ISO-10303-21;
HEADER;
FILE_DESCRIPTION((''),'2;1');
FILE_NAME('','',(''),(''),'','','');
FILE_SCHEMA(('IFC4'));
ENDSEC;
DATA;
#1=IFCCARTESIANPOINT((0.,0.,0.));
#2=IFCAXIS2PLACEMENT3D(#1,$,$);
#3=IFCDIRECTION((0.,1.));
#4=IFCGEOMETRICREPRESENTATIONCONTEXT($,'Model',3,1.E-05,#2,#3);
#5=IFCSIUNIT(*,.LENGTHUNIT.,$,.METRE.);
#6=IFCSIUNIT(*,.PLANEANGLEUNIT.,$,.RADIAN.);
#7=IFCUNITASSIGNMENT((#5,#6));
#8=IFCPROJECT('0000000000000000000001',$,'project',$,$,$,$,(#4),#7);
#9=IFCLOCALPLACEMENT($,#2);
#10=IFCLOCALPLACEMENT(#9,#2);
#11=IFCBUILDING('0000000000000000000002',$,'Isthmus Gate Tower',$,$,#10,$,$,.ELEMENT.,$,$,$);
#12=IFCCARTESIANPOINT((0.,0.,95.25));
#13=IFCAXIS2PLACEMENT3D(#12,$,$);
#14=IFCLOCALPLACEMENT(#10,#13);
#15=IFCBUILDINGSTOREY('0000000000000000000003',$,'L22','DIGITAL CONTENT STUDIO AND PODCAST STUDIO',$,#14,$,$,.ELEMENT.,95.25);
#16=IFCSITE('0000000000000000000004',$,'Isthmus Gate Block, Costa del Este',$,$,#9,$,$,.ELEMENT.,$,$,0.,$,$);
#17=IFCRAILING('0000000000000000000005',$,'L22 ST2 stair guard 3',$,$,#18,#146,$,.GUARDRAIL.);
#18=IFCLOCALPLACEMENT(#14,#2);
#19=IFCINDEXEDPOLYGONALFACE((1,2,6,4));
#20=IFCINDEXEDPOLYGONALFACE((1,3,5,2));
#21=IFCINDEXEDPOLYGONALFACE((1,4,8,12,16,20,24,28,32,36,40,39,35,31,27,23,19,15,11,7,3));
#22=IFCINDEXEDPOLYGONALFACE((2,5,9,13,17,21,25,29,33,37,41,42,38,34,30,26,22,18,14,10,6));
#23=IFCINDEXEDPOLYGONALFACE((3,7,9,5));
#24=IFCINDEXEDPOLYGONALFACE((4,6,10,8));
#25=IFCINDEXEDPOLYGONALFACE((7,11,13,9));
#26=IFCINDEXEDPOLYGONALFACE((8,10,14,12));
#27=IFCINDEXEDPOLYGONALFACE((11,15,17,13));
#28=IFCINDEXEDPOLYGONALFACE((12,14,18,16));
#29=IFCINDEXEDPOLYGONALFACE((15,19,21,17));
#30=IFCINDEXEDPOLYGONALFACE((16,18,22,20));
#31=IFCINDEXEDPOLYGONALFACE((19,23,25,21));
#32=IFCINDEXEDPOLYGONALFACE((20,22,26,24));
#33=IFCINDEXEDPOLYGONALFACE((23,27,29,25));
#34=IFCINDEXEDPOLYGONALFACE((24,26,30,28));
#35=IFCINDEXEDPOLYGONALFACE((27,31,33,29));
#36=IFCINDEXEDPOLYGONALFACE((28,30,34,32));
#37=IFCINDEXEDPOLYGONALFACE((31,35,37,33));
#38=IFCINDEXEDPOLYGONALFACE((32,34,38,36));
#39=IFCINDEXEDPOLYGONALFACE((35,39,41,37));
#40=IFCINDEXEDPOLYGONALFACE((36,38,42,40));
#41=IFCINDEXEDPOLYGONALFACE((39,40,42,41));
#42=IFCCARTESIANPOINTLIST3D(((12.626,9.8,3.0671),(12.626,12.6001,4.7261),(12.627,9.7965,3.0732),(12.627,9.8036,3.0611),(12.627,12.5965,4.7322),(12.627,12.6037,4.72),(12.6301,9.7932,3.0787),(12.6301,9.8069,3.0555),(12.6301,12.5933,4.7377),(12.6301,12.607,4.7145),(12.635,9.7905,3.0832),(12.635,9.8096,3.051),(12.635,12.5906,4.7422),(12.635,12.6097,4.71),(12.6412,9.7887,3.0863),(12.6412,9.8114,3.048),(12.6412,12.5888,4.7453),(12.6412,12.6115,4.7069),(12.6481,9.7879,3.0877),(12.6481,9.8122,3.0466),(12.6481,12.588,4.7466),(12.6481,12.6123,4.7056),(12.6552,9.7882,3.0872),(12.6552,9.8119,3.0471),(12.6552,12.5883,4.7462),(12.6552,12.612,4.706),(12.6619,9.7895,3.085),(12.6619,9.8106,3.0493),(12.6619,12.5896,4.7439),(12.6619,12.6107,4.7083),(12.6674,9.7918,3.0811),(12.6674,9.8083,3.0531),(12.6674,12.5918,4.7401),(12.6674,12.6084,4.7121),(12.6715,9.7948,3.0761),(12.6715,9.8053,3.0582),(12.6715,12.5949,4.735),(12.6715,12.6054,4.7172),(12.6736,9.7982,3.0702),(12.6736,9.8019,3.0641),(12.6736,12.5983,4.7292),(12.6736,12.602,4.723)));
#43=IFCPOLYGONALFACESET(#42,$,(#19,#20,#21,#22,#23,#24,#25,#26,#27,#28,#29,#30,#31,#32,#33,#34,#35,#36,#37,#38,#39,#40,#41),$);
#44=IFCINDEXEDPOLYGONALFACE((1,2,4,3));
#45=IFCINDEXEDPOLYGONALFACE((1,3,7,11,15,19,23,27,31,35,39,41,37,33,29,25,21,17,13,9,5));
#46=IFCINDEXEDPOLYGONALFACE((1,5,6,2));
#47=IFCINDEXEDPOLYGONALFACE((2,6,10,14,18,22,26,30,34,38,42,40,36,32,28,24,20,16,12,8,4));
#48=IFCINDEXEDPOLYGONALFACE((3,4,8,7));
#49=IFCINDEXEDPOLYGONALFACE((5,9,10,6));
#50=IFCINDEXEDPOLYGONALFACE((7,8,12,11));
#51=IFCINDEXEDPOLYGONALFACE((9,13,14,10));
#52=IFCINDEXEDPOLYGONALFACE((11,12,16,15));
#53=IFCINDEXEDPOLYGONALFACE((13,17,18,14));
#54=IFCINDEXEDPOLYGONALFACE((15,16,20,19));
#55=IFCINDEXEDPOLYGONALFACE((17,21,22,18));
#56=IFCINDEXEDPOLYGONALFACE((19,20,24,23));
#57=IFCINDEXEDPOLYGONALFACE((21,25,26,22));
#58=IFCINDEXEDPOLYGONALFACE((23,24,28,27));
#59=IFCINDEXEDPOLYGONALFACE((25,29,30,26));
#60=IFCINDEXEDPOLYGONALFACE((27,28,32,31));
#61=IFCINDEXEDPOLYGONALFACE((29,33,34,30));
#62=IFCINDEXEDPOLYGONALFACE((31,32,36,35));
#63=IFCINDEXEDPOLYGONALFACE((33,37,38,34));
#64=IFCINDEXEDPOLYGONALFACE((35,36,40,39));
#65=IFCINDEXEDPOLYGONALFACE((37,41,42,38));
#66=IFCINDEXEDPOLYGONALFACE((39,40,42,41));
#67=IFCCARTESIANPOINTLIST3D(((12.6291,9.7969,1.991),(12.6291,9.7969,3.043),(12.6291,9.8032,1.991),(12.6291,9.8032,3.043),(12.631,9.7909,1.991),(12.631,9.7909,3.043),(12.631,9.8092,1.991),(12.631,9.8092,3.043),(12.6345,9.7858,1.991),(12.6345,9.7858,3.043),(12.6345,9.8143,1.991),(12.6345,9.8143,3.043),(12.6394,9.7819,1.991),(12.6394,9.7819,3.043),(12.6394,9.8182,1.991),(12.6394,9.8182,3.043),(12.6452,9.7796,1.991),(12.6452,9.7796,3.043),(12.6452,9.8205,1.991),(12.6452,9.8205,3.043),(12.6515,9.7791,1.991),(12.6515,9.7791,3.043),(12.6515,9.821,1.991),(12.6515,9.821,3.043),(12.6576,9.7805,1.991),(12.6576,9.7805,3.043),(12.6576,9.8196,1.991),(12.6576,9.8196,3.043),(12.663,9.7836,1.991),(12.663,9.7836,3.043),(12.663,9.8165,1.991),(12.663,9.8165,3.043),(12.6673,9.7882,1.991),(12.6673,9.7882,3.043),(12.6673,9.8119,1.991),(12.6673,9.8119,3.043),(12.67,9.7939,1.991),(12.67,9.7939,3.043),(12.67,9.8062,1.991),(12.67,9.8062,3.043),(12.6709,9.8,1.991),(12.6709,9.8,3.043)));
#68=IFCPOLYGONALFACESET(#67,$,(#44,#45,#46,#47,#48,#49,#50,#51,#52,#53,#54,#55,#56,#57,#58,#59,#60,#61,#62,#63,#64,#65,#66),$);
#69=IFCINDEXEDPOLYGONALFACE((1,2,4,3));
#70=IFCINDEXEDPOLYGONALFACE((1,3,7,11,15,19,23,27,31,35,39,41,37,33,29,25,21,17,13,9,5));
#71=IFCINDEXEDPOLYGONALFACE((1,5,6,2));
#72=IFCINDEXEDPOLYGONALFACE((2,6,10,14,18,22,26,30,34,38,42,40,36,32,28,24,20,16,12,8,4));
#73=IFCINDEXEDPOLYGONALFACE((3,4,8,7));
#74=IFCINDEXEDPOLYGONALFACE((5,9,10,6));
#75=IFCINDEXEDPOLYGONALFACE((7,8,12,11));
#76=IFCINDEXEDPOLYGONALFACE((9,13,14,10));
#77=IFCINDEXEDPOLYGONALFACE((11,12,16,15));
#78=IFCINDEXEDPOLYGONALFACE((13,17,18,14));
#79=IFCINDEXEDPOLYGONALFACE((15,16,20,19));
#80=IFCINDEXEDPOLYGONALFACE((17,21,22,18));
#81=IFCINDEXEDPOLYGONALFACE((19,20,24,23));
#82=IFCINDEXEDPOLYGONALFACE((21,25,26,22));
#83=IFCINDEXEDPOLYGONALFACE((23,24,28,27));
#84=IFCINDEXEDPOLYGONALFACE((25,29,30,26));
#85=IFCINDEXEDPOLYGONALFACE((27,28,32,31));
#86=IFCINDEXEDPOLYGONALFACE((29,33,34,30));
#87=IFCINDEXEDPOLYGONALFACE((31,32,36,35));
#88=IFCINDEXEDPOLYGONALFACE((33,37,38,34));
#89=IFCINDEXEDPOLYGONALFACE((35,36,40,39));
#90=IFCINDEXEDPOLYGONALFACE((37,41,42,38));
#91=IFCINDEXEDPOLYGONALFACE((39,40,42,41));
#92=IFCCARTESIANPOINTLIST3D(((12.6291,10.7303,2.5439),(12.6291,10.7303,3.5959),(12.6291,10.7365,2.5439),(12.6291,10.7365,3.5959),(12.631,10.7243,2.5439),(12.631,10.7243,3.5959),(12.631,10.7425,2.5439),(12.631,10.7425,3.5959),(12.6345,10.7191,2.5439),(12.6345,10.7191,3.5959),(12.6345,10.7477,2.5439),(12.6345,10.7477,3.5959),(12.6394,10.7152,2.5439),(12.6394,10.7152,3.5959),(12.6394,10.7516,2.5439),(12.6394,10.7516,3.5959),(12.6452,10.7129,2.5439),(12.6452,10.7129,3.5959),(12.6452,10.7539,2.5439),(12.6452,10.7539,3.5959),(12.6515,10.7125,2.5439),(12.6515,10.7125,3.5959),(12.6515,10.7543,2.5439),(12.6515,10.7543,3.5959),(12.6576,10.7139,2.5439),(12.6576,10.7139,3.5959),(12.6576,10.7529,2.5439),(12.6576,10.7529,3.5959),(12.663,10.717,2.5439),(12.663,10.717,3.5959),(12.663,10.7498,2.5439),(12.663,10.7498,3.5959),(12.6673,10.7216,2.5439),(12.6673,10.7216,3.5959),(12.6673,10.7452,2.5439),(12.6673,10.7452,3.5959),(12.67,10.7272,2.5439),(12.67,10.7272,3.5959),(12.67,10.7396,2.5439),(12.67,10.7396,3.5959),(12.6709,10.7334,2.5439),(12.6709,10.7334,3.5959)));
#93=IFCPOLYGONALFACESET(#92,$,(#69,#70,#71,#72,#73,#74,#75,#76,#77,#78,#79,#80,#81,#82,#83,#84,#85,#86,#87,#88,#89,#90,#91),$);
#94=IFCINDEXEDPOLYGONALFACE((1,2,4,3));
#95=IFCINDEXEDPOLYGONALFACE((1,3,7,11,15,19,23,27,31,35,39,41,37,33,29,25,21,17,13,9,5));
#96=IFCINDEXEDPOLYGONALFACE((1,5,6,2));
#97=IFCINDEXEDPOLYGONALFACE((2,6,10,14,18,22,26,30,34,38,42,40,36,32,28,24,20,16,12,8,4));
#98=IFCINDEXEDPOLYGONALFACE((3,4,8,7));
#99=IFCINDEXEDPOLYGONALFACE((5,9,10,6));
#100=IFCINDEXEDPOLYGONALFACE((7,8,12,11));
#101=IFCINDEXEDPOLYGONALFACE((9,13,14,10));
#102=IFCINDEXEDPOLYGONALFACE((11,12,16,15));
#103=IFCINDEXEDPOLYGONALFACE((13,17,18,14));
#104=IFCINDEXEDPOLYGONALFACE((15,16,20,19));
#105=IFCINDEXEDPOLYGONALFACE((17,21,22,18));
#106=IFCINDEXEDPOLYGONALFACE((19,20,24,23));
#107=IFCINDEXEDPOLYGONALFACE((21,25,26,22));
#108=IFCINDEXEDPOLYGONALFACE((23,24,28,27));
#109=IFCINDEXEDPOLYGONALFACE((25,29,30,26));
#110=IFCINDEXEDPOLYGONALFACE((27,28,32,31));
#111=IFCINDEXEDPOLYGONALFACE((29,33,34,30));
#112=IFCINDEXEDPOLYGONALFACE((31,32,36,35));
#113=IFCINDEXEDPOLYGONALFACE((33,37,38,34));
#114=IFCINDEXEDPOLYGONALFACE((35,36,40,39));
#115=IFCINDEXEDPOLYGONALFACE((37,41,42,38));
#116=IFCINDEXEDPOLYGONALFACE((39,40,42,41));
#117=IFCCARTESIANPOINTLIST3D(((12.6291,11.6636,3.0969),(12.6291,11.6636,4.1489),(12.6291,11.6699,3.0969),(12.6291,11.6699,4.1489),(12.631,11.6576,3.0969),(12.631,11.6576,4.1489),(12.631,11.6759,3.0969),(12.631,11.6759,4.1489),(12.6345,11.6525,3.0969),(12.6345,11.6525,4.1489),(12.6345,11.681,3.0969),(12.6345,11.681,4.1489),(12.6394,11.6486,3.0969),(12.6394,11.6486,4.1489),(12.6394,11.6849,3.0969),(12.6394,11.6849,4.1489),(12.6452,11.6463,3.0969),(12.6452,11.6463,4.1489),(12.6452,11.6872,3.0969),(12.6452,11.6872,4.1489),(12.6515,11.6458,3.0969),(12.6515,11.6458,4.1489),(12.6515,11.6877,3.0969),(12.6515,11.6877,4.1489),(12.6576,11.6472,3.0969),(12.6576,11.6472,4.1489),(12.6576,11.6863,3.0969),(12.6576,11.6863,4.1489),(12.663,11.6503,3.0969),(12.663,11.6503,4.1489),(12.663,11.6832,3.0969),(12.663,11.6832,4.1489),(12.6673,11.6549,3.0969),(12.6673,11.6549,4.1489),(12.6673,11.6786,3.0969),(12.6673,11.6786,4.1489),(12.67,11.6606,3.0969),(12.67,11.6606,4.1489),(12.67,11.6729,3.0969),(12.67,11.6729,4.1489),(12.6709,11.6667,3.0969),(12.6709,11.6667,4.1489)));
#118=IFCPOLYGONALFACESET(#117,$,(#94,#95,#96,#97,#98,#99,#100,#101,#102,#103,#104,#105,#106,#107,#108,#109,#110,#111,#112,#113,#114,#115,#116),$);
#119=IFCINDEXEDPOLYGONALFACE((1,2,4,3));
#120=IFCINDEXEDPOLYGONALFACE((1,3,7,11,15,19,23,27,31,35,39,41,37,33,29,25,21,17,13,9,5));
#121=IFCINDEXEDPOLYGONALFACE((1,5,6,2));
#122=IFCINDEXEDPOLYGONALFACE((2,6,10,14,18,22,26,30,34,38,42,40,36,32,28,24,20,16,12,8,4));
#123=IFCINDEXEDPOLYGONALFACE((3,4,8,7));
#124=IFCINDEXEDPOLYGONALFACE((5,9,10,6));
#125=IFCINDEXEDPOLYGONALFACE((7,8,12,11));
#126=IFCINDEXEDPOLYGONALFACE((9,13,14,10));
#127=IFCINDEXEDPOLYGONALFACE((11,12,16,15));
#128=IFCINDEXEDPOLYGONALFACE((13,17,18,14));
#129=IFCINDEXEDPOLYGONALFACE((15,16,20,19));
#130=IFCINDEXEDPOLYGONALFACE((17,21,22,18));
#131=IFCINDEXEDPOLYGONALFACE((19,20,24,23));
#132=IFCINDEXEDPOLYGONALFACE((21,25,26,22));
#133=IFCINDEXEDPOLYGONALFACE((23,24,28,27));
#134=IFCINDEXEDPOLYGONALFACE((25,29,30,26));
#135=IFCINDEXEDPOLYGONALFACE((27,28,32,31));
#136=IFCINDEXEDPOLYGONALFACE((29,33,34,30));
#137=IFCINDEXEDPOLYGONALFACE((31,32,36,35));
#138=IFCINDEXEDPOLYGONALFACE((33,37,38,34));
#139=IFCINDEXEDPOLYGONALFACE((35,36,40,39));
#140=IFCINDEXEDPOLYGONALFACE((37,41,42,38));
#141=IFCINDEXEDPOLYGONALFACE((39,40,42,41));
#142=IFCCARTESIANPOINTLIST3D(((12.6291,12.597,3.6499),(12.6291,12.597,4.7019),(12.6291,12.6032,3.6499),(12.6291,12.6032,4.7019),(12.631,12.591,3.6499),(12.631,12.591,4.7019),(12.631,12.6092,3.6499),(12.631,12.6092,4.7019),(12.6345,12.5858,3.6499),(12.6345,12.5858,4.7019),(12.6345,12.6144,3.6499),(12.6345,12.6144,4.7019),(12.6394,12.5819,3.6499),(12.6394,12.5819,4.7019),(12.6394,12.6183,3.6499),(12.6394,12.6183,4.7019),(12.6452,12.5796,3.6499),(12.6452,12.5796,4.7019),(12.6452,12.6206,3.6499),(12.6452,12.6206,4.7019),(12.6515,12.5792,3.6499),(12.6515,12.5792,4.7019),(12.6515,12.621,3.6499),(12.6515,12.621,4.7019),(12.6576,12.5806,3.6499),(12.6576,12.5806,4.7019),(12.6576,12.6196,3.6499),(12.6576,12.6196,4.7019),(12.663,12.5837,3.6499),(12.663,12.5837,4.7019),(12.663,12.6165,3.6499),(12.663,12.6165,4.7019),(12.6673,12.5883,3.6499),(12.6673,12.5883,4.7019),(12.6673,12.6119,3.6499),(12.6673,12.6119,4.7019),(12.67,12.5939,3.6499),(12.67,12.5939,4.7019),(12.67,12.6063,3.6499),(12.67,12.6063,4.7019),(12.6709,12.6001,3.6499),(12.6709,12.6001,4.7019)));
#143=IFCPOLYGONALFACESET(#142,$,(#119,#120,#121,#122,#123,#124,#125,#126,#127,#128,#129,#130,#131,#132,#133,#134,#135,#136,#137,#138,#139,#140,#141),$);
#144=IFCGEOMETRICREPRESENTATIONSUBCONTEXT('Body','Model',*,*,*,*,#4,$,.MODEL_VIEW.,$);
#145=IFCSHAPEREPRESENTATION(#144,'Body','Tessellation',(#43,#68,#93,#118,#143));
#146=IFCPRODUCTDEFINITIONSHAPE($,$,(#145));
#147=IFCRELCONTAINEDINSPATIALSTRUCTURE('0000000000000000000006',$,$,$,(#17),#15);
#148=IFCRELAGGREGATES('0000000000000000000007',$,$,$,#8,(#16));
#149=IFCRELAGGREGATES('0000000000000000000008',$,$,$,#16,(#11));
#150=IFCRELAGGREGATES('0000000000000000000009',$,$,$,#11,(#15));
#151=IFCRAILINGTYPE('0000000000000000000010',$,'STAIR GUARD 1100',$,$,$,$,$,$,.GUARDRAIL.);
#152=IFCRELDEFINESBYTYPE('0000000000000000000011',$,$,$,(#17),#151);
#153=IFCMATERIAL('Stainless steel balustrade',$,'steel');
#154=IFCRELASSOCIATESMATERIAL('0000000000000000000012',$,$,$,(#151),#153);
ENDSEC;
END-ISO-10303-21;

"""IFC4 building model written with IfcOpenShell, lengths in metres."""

from ifc_helpers import new_model, si_unit, direction, frame, origin, origin_2d, place, context, subcontext, project, spatial, circle, extrude, material, type_object, element, save


model = new_model("IFC4")

# Units and contexts
model_context = context("Model", 3, precision=1e-05, world=origin(), true_north=direction((0.0, 1.0)))
body_context = subcontext(model_context, "Body", "Model", "MODEL_VIEW")
ifc_project = project(units=[si_unit("LENGTHUNIT", "METRE"), si_unit("PLANEANGLEUNIT", "RADIAN")], contexts=[model_context])

# Site, building, storey
site_placement = place(None, origin())
site = spatial("IfcSite", under=ifc_project, at=site_placement, Name="Isthmus Gate Block, Costa del Este", CompositionType="ELEMENT", RefElevation=0.0)
building_placement = place(site_placement, origin())
building = spatial("IfcBuilding", under=site, at=building_placement, Name="Isthmus Gate Tower", CompositionType="ELEMENT")
storey_placement = place(building_placement, frame((0.0, 0.0, 95.25)))
storey = spatial("IfcBuildingStorey", under=building, at=storey_placement, Name="L22", Description="DIGITAL CONTENT STUDIO AND PODCAST STUDIO", CompositionType="ELEMENT", Elevation=95.25)

# Railing
ifc_material_1 = material(Name="Stainless steel balustrade", Category="steel")
railing_type_1 = type_object("IfcRailingType", Name="STAIR GUARD 1100", PredefinedType="GUARDRAIL", material=ifc_material_1)
railing_1_placement = place(storey_placement, frame((12.6499, 9.8, 1.991)))
element("IfcRailing", 1, at=railing_1_placement, inside=storey, type_object=railing_type_1, Name="L22 ST2 stair guard 3", PredefinedType="GUARDRAIL", context=body_context, shape_type="SweptSolid", body=[
    extrude(circle(Radius=0.0239, at=origin_2d()), frame((0.0, 0.0, 1.0762), z_axis=(0.0, 0.860339, 0.509722), x_axis=(-1.0, 0.0, 0.0)), (0.0, 0.0, 1.0), 3.2546),
    extrude(circle(Radius=0.021, at=origin_2d()), origin(), (0.0, 0.0, 1.0), 1.052),
    extrude(circle(Radius=0.021, at=origin_2d()), frame((0.0, 0.9333, 0.553)), (0.0, 0.0, 1.0), 1.052),
    extrude(circle(Radius=0.021, at=origin_2d()), frame((0.0, 1.8667, 1.106)), (0.0, 0.0, 1.0), 1.052),
    extrude(circle(Radius=0.021, at=origin_2d()), frame((0.0, 2.8, 1.6589)), (0.0, 0.0, 1.0), 1.052),
])

save(model, "model.ifc")
